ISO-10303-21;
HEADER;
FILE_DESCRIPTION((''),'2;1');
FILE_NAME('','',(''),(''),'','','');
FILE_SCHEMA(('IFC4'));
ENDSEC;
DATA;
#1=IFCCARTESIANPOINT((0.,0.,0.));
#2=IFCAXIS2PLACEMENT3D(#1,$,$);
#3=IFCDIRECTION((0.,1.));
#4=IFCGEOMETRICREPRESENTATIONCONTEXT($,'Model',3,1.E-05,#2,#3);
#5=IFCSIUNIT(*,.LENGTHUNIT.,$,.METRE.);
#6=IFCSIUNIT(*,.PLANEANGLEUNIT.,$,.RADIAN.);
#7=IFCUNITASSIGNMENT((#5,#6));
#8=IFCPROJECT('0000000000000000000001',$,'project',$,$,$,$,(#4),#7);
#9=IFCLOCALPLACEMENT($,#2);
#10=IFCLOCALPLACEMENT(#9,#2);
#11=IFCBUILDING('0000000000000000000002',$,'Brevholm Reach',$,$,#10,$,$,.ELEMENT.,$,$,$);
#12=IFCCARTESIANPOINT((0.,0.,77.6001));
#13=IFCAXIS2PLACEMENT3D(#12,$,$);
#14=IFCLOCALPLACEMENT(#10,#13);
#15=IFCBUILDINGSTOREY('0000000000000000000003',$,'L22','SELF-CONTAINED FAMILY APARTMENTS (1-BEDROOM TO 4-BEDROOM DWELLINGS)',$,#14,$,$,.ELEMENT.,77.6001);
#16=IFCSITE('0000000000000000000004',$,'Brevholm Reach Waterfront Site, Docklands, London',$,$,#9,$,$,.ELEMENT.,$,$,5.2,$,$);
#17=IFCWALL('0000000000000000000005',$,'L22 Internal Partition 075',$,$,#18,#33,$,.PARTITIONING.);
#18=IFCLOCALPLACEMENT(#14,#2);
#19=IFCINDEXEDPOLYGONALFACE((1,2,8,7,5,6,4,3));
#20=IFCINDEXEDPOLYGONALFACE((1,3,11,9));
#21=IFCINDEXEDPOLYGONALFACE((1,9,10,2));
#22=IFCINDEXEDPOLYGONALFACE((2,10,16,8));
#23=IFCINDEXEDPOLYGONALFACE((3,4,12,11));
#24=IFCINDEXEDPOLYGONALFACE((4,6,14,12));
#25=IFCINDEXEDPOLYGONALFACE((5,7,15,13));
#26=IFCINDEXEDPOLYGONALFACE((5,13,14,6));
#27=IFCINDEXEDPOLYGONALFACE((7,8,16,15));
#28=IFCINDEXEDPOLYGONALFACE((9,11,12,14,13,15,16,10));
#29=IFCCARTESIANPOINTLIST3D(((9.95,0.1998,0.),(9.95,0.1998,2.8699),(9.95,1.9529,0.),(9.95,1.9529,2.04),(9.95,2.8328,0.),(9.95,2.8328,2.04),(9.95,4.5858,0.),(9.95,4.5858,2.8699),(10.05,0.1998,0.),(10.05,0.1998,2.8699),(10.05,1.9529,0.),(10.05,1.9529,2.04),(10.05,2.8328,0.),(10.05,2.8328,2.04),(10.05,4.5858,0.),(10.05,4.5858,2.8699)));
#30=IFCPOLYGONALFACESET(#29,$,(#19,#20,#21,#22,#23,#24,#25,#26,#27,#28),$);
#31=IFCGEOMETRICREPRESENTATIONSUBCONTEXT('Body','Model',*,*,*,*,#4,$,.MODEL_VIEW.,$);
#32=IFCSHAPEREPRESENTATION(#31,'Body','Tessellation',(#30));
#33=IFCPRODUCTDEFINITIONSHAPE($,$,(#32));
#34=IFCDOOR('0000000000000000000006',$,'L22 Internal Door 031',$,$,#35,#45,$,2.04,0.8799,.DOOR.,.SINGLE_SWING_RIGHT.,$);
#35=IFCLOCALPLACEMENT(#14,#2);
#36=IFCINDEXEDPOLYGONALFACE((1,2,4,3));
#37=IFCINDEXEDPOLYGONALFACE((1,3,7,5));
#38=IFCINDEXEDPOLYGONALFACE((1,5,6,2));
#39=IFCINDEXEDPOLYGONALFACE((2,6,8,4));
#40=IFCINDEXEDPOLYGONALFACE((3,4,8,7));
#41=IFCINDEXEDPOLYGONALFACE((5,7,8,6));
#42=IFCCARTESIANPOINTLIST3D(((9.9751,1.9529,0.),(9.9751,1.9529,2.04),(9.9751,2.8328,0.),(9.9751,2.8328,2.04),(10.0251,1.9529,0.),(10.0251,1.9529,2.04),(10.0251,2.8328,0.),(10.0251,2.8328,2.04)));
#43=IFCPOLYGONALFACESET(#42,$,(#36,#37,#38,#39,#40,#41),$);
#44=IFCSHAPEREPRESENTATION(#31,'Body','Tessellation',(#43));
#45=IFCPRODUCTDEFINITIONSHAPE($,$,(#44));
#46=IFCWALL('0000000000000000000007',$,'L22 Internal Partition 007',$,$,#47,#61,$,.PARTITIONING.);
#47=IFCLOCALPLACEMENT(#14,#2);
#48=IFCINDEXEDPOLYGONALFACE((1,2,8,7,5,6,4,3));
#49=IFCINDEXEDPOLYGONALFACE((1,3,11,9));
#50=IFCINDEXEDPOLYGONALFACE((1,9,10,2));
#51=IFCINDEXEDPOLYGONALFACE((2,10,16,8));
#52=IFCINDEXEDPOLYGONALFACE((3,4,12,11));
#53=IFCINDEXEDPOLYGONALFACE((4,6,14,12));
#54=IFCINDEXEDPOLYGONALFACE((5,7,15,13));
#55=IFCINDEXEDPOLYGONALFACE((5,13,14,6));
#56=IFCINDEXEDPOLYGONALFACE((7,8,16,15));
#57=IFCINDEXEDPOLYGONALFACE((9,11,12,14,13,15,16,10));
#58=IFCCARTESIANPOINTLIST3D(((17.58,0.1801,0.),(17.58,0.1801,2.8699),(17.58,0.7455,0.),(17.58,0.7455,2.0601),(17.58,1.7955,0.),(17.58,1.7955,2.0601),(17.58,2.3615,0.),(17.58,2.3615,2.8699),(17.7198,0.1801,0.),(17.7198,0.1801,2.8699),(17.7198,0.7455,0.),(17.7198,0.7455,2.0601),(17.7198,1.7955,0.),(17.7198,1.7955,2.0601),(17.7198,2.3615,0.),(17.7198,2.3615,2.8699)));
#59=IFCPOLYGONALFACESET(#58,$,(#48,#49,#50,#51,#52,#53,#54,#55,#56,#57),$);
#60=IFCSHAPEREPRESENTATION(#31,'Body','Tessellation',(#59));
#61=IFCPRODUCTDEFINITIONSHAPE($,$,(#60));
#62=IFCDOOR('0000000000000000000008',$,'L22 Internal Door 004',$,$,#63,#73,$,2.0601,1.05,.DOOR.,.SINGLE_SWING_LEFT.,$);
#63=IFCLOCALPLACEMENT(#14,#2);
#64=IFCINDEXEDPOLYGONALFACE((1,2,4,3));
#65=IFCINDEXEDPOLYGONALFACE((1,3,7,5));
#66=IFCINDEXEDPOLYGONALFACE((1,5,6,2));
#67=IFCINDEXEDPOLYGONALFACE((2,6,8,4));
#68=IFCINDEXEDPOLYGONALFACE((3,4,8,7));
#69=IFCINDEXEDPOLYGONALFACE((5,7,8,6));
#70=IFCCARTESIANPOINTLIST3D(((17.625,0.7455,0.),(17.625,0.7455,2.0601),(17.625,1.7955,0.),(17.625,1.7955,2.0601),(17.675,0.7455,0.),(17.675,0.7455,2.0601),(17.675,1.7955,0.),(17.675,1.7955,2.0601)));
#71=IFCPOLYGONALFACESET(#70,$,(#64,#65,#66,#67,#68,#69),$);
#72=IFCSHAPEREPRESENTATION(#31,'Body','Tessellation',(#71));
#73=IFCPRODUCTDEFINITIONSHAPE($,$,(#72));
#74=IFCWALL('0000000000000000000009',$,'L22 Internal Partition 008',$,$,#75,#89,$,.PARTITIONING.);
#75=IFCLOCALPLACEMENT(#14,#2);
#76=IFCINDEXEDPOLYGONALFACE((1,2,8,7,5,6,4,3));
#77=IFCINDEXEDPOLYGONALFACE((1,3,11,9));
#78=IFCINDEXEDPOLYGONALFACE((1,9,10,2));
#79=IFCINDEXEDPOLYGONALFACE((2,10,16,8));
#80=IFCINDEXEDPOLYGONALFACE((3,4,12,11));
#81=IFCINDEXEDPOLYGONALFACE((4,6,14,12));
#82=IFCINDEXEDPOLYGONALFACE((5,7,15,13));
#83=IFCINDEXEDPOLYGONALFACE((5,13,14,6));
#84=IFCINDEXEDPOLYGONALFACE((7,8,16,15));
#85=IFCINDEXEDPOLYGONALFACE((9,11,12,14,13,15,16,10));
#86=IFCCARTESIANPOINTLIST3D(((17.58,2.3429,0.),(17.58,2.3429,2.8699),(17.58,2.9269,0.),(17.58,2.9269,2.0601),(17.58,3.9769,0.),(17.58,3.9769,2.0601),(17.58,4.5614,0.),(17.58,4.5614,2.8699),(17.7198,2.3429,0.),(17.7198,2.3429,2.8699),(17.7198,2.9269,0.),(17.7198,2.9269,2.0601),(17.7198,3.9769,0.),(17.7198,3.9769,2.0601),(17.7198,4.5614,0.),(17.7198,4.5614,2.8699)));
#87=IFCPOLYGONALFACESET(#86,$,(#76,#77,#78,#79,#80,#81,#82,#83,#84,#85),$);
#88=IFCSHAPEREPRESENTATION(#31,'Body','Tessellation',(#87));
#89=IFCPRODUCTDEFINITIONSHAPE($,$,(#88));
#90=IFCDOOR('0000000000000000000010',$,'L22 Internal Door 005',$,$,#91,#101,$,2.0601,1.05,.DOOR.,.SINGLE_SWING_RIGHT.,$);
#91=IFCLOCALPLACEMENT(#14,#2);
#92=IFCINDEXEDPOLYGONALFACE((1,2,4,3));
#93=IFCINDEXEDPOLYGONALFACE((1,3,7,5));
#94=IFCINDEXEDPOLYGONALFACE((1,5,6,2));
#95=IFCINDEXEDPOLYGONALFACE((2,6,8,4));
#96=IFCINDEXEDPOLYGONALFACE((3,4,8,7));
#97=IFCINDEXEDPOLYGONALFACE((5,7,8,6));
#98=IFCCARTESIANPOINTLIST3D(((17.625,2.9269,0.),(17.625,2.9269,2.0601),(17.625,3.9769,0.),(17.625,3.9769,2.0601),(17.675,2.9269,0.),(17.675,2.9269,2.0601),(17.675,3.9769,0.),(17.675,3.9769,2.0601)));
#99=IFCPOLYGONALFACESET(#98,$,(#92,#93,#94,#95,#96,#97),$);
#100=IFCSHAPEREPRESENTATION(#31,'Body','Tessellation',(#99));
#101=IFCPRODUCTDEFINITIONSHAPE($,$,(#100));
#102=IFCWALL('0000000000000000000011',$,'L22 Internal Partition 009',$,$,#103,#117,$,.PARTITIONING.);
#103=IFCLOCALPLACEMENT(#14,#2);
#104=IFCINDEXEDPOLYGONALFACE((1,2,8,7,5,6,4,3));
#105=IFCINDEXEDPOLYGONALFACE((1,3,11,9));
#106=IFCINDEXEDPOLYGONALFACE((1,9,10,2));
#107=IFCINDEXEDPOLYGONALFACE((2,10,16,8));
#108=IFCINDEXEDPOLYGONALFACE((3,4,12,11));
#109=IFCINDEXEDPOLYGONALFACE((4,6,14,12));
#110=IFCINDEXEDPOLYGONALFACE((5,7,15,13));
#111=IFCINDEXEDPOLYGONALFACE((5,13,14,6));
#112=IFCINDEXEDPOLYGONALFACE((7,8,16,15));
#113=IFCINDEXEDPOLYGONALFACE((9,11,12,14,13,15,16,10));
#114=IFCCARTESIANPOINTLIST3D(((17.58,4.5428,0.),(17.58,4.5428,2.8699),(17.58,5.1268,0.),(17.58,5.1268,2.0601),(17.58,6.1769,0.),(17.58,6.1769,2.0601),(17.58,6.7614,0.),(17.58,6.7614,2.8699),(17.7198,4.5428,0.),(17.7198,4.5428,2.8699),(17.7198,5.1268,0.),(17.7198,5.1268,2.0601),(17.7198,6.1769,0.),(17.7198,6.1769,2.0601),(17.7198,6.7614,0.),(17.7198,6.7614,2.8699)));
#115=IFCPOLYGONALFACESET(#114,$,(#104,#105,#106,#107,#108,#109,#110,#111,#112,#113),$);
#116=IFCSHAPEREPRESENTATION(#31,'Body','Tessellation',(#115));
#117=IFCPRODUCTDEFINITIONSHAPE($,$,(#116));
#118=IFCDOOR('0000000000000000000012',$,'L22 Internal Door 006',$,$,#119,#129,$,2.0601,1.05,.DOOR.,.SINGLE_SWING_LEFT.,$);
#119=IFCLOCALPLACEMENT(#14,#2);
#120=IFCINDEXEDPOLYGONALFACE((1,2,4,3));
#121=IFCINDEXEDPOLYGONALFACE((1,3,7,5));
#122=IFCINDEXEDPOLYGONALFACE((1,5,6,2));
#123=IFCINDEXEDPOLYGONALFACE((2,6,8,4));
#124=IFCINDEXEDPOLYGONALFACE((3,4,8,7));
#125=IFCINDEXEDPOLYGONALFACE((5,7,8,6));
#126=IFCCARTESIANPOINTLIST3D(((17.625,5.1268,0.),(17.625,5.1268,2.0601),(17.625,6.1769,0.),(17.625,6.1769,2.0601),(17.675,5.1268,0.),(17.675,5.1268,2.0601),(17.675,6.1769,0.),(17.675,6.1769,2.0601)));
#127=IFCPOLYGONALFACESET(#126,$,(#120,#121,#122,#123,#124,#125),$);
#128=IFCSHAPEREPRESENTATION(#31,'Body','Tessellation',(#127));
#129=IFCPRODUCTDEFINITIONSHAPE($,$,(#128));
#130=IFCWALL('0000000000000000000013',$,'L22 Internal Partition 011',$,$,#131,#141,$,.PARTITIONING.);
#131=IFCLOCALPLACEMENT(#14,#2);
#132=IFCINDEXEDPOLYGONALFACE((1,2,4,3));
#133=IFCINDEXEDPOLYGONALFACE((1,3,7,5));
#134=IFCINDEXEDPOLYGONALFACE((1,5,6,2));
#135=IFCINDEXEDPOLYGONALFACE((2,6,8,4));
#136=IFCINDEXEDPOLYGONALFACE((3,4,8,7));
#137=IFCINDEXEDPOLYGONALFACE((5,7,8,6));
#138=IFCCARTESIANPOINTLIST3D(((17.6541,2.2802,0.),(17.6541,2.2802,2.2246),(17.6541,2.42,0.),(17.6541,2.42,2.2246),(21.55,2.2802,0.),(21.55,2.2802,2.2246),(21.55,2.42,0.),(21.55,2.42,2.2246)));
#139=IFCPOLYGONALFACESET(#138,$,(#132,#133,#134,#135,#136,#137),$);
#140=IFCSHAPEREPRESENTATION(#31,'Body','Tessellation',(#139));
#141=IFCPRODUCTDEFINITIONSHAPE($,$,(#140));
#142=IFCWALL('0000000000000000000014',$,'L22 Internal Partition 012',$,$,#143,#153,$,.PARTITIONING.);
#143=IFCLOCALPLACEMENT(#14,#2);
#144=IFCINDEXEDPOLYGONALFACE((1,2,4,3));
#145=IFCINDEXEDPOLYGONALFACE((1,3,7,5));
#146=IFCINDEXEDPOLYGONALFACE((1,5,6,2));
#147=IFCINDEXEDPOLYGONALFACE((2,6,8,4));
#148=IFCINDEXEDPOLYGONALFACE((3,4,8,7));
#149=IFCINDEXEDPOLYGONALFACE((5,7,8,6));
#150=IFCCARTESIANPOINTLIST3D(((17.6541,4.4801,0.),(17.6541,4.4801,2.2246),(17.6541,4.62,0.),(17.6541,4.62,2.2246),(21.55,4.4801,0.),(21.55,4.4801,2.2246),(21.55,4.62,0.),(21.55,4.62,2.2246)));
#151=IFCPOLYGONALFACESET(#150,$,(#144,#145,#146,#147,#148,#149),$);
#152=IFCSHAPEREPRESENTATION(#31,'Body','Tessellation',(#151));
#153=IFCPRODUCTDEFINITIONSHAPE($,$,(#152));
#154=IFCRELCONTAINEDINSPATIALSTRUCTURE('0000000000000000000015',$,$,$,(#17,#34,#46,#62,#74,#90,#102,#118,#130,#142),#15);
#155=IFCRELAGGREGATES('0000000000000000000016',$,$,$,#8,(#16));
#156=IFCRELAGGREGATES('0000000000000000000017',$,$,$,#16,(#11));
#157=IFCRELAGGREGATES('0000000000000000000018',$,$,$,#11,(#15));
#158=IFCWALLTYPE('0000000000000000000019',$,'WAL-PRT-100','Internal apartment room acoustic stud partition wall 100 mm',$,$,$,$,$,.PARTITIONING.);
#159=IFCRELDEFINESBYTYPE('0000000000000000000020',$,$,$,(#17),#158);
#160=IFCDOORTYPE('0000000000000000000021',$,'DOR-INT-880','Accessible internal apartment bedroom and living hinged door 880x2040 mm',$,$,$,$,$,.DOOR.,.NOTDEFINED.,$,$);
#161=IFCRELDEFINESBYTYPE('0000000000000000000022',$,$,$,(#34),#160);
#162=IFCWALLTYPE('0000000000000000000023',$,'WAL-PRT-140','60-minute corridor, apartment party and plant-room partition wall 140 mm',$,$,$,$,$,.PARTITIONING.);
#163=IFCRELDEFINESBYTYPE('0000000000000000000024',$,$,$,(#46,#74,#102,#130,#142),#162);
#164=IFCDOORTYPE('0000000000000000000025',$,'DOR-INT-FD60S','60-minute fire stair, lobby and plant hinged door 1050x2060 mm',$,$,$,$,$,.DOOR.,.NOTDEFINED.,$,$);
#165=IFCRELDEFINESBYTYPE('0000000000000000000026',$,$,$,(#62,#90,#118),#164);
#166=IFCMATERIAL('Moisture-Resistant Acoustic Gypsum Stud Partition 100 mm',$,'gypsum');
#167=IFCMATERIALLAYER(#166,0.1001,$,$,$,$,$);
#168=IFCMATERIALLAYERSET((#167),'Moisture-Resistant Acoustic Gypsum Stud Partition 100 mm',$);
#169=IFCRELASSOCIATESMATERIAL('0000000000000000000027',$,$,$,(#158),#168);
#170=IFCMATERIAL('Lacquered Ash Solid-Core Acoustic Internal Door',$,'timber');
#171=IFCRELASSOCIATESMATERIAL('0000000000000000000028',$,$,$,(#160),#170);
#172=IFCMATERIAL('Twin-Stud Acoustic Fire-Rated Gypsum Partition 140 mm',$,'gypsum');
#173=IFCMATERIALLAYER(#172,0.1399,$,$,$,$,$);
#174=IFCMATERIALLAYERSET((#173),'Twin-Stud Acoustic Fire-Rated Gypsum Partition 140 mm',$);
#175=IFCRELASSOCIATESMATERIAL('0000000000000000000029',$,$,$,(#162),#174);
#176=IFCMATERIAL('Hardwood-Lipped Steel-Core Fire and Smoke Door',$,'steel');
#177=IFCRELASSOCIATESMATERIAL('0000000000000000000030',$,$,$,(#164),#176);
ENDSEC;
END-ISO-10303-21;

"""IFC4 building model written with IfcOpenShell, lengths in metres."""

from ifc_helpers import new_model, si_unit, direction, frame, frame_2d, origin, place, context, subcontext, project, spatial, rectangle, extrude, material, layer, layer_set, type_object, element, fill, save


model = new_model("IFC4")

# Units and contexts
model_context = context("Model", 3, precision=1e-05, world=origin(), true_north=direction((0.0, 1.0)))
body_context = subcontext(model_context, "Body", "Model", "MODEL_VIEW")
ifc_project = project(units=[si_unit("LENGTHUNIT", "METRE"), si_unit("PLANEANGLEUNIT", "RADIAN")], contexts=[model_context])

# Site, building, storey
site_placement = place(None, origin())
site = spatial("IfcSite", under=ifc_project, at=site_placement, Name="Brevholm Reach Waterfront Site, Docklands, London", CompositionType="ELEMENT", RefElevation=5.2)
building_placement = place(site_placement, origin())
building = spatial("IfcBuilding", under=site, at=building_placement, Name="Brevholm Reach", CompositionType="ELEMENT")
storey_placement = place(building_placement, frame((0.0, 0.0, 77.6001)))
storey = spatial("IfcBuildingStorey", under=building, at=storey_placement, Name="L22", Description="SELF-CONTAINED FAMILY APARTMENTS (1-BEDROOM TO 4-BEDROOM DWELLINGS)", CompositionType="ELEMENT", Elevation=77.6001)

# Walls, openings, doors
ifc_material_1 = material(Name="Moisture-Resistant Acoustic Gypsum Stud Partition 100 mm", Category="gypsum")
ifc_layer_1 = layer(ifc_material_1, 0.1001)
ifc_layer_set_1 = layer_set([ifc_layer_1], Name="Moisture-Resistant Acoustic Gypsum Stud Partition 100 mm")
wall_type_1 = type_object("IfcWallType", Name="WAL-PRT-100", Description="Internal apartment room acoustic stud partition wall 100 mm", PredefinedType="PARTITIONING", material=ifc_layer_set_1)
wall_1_placement = place(storey_placement, frame((10.0, 0.2, 0.0), z_axis=(0.0, 0.0, 1.0), x_axis=(0.0, 1.0, 0.0)))
wall_1 = element("IfcWall", 1, at=wall_1_placement, inside=storey, type_object=wall_type_1, Name="L22 Internal Partition 075", PredefinedType="PARTITIONING", context=body_context, shape_type="SweptSolid", body=[
    extrude(rectangle(XDim=4.386, YDim=0.1001, at=frame_2d((2.1929, 0.0))), origin(), (0.0, 0.0, 1.0), 2.8699),
])
opening_1_placement = place(wall_1_placement, frame((1.7529, 0.0, 0.0)))
opening_1 = element("IfcOpeningElement", 2, at=opening_1_placement, cuts=wall_1, PredefinedType="OPENING", context=body_context, shape_type="SweptSolid", body=[
    extrude(rectangle(XDim=0.8799, YDim=2.04, at=frame_2d((0.4399, 1.02))), frame((0.0, 0.0601, 0.0), z_axis=(0.0, -1.0, 0.0), x_axis=(1.0, 0.0, 0.0)), (0.0, 0.0, 1.0), 0.1201),
])
ifc_material_2 = material(Name="Lacquered Ash Solid-Core Acoustic Internal Door", Category="timber")
door_type_1 = type_object("IfcDoorType", Name="DOR-INT-880", Description="Accessible internal apartment bedroom and living hinged door 880x2040 mm", OperationType="NOTDEFINED", PredefinedType="DOOR", material=ifc_material_2)
door_1_placement = place(opening_1_placement, origin())
door_1 = element("IfcDoor", 3, at=door_1_placement, inside=storey, type_object=door_type_1, Name="L22 Internal Door 031", OperationType="SINGLE_SWING_RIGHT", OverallHeight=2.04, OverallWidth=0.8799, PredefinedType="DOOR", context=body_context, shape_type="SweptSolid", body=[
    extrude(rectangle(XDim=0.8799, YDim=2.04, at=frame_2d((0.4399, 1.02))), frame((0.0, 0.0249, 0.0), z_axis=(0.0, -1.0, 0.0), x_axis=(1.0, 0.0, 0.0)), (0.0, 0.0, 1.0), 0.05),
])
fill(opening_1, door_1)
ifc_material_3 = material(Name="Twin-Stud Acoustic Fire-Rated Gypsum Partition 140 mm", Category="gypsum")
ifc_layer_2 = layer(ifc_material_3, 0.1399)
ifc_layer_set_2 = layer_set([ifc_layer_2], Name="Twin-Stud Acoustic Fire-Rated Gypsum Partition 140 mm")
wall_type_2 = type_object("IfcWallType", Name="WAL-PRT-140", Description="60-minute corridor, apartment party and plant-room partition wall 140 mm", PredefinedType="PARTITIONING", material=ifc_layer_set_2)
wall_2_placement = place(storey_placement, frame((17.6499, 0.1799, 0.0), z_axis=(0.0, 0.0, 1.0), x_axis=(0.0, 1.0, 0.0)))
wall_2 = element("IfcWall", 4, at=wall_2_placement, inside=storey, type_object=wall_type_2, Name="L22 Internal Partition 007", PredefinedType="PARTITIONING", context=body_context, shape_type="SweptSolid", body=[
    extrude(rectangle(XDim=2.1814, YDim=0.1399, at=frame_2d((1.0908, 0.0))), origin(), (0.0, 0.0, 1.0), 2.8699),
])
opening_2_placement = place(wall_2_placement, frame((0.5657, 0.0, 0.0)))
opening_2 = element("IfcOpeningElement", 5, at=opening_2_placement, cuts=wall_2, PredefinedType="OPENING", context=body_context, shape_type="SweptSolid", body=[
    extrude(rectangle(XDim=1.05, YDim=2.0601, at=frame_2d((0.5249, 1.03))), frame((0.0, 0.0798, 0.0), z_axis=(0.0, -1.0, 0.0), x_axis=(1.0, 0.0, 0.0)), (0.0, 0.0, 1.0), 0.1599),
])
ifc_material_4 = material(Name="Hardwood-Lipped Steel-Core Fire and Smoke Door", Category="steel")
door_type_2 = type_object("IfcDoorType", Name="DOR-INT-FD60S", Description="60-minute fire stair, lobby and plant hinged door 1050x2060 mm", OperationType="NOTDEFINED", PredefinedType="DOOR", material=ifc_material_4)
door_2_placement = place(opening_2_placement, origin())
door_2 = element("IfcDoor", 6, at=door_2_placement, inside=storey, type_object=door_type_2, Name="L22 Internal Door 004", OperationType="SINGLE_SWING_LEFT", OverallHeight=2.0601, OverallWidth=1.05, PredefinedType="DOOR", context=body_context, shape_type="SweptSolid", body=[
    extrude(rectangle(XDim=1.05, YDim=2.0601, at=frame_2d((0.5249, 1.03))), frame((0.0, 0.0249, 0.0), z_axis=(0.0, -1.0, 0.0), x_axis=(1.0, 0.0, 0.0)), (0.0, 0.0, 1.0), 0.05),
])
fill(opening_2, door_2)
wall_3_placement = place(storey_placement, frame((17.6499, 2.3428, 0.0), z_axis=(0.0, 0.0, 1.0), x_axis=(0.0, 1.0, 0.0)))
wall_3 = element("IfcWall", 7, at=wall_3_placement, inside=storey, type_object=wall_type_2, Name="L22 Internal Partition 008", PredefinedType="PARTITIONING", context=body_context, shape_type="SweptSolid", body=[
    extrude(rectangle(XDim=2.2185, YDim=0.1399, at=frame_2d((1.1094, 0.0))), origin(), (0.0, 0.0, 1.0), 2.8699),
])
opening_3_placement = place(wall_3_placement, frame((0.5842, 0.0, 0.0)))
opening_3 = element("IfcOpeningElement", 8, at=opening_3_placement, cuts=wall_3, PredefinedType="OPENING", context=body_context, shape_type="SweptSolid", body=[
    extrude(rectangle(XDim=1.05, YDim=2.0601, at=frame_2d((0.5249, 1.03))), frame((0.0, 0.0798, 0.0), z_axis=(0.0, -1.0, 0.0), x_axis=(1.0, 0.0, 0.0)), (0.0, 0.0, 1.0), 0.1599),
])
door_3_placement = place(opening_3_placement, origin())
door_3 = element("IfcDoor", 9, at=door_3_placement, inside=storey, type_object=door_type_2, Name="L22 Internal Door 005", OperationType="SINGLE_SWING_RIGHT", OverallHeight=2.0601, OverallWidth=1.05, PredefinedType="DOOR", context=body_context, shape_type="SweptSolid", body=[
    extrude(rectangle(XDim=1.05, YDim=2.0601, at=frame_2d((0.5249, 1.03))), frame((0.0, 0.0249, 0.0), z_axis=(0.0, -1.0, 0.0), x_axis=(1.0, 0.0, 0.0)), (0.0, 0.0, 1.0), 0.05),
])
fill(opening_3, door_3)
wall_4_placement = place(storey_placement, frame((17.6499, 4.5427, 0.0), z_axis=(0.0, 0.0, 1.0), x_axis=(0.0, 1.0, 0.0)))
wall_4 = element("IfcWall", 10, at=wall_4_placement, inside=storey, type_object=wall_type_2, Name="L22 Internal Partition 009", PredefinedType="PARTITIONING", context=body_context, shape_type="SweptSolid", body=[
    extrude(rectangle(XDim=2.2185, YDim=0.1399, at=frame_2d((1.1094, 0.0))), origin(), (0.0, 0.0, 1.0), 2.8699),
])
opening_4_placement = place(wall_4_placement, frame((0.5842, 0.0, 0.0)))
opening_4 = element("IfcOpeningElement", 11, at=opening_4_placement, cuts=wall_4, PredefinedType="OPENING", context=body_context, shape_type="SweptSolid", body=[
    extrude(rectangle(XDim=1.05, YDim=2.0601, at=frame_2d((0.5249, 1.03))), frame((0.0, 0.0798, 0.0), z_axis=(0.0, -1.0, 0.0), x_axis=(1.0, 0.0, 0.0)), (0.0, 0.0, 1.0), 0.1599),
])
door_4_placement = place(opening_4_placement, origin())
door_4 = element("IfcDoor", 12, at=door_4_placement, inside=storey, type_object=door_type_2, Name="L22 Internal Door 006", OperationType="SINGLE_SWING_LEFT", OverallHeight=2.0601, OverallWidth=1.05, PredefinedType="DOOR", context=body_context, shape_type="SweptSolid", body=[
    extrude(rectangle(XDim=1.05, YDim=2.0601, at=frame_2d((0.5249, 1.03))), frame((0.0, 0.0249, 0.0), z_axis=(0.0, -1.0, 0.0), x_axis=(1.0, 0.0, 0.0)), (0.0, 0.0, 1.0), 0.05),
])
fill(opening_4, door_4)

# Walls
for number, where, z_axis, x_axis, name in (
    (13, (17.6541, 2.3501, 0.0), (0.0, 0.0, 1.0), (1.0, 0.0, 0.0), "L22 Internal Partition 011"),
    (14, (17.6541, 4.55, 0.0), (0.0, 0.0, 1.0), (1.0, 0.0, 0.0), "L22 Internal Partition 012"),
):
    element("IfcWall", number, at=place(storey_placement, frame(where, z_axis=z_axis, x_axis=x_axis)), inside=storey, type_object=wall_type_2, Name=name, PredefinedType="PARTITIONING", context=body_context, shape_type="SweptSolid", body=[
        extrude(rectangle(XDim=3.896, YDim=0.1399, at=frame_2d((1.948, 0.0))), origin(), (0.0, 0.0, 1.0), 2.2246),
    ])

save(model, "model.ifc")
